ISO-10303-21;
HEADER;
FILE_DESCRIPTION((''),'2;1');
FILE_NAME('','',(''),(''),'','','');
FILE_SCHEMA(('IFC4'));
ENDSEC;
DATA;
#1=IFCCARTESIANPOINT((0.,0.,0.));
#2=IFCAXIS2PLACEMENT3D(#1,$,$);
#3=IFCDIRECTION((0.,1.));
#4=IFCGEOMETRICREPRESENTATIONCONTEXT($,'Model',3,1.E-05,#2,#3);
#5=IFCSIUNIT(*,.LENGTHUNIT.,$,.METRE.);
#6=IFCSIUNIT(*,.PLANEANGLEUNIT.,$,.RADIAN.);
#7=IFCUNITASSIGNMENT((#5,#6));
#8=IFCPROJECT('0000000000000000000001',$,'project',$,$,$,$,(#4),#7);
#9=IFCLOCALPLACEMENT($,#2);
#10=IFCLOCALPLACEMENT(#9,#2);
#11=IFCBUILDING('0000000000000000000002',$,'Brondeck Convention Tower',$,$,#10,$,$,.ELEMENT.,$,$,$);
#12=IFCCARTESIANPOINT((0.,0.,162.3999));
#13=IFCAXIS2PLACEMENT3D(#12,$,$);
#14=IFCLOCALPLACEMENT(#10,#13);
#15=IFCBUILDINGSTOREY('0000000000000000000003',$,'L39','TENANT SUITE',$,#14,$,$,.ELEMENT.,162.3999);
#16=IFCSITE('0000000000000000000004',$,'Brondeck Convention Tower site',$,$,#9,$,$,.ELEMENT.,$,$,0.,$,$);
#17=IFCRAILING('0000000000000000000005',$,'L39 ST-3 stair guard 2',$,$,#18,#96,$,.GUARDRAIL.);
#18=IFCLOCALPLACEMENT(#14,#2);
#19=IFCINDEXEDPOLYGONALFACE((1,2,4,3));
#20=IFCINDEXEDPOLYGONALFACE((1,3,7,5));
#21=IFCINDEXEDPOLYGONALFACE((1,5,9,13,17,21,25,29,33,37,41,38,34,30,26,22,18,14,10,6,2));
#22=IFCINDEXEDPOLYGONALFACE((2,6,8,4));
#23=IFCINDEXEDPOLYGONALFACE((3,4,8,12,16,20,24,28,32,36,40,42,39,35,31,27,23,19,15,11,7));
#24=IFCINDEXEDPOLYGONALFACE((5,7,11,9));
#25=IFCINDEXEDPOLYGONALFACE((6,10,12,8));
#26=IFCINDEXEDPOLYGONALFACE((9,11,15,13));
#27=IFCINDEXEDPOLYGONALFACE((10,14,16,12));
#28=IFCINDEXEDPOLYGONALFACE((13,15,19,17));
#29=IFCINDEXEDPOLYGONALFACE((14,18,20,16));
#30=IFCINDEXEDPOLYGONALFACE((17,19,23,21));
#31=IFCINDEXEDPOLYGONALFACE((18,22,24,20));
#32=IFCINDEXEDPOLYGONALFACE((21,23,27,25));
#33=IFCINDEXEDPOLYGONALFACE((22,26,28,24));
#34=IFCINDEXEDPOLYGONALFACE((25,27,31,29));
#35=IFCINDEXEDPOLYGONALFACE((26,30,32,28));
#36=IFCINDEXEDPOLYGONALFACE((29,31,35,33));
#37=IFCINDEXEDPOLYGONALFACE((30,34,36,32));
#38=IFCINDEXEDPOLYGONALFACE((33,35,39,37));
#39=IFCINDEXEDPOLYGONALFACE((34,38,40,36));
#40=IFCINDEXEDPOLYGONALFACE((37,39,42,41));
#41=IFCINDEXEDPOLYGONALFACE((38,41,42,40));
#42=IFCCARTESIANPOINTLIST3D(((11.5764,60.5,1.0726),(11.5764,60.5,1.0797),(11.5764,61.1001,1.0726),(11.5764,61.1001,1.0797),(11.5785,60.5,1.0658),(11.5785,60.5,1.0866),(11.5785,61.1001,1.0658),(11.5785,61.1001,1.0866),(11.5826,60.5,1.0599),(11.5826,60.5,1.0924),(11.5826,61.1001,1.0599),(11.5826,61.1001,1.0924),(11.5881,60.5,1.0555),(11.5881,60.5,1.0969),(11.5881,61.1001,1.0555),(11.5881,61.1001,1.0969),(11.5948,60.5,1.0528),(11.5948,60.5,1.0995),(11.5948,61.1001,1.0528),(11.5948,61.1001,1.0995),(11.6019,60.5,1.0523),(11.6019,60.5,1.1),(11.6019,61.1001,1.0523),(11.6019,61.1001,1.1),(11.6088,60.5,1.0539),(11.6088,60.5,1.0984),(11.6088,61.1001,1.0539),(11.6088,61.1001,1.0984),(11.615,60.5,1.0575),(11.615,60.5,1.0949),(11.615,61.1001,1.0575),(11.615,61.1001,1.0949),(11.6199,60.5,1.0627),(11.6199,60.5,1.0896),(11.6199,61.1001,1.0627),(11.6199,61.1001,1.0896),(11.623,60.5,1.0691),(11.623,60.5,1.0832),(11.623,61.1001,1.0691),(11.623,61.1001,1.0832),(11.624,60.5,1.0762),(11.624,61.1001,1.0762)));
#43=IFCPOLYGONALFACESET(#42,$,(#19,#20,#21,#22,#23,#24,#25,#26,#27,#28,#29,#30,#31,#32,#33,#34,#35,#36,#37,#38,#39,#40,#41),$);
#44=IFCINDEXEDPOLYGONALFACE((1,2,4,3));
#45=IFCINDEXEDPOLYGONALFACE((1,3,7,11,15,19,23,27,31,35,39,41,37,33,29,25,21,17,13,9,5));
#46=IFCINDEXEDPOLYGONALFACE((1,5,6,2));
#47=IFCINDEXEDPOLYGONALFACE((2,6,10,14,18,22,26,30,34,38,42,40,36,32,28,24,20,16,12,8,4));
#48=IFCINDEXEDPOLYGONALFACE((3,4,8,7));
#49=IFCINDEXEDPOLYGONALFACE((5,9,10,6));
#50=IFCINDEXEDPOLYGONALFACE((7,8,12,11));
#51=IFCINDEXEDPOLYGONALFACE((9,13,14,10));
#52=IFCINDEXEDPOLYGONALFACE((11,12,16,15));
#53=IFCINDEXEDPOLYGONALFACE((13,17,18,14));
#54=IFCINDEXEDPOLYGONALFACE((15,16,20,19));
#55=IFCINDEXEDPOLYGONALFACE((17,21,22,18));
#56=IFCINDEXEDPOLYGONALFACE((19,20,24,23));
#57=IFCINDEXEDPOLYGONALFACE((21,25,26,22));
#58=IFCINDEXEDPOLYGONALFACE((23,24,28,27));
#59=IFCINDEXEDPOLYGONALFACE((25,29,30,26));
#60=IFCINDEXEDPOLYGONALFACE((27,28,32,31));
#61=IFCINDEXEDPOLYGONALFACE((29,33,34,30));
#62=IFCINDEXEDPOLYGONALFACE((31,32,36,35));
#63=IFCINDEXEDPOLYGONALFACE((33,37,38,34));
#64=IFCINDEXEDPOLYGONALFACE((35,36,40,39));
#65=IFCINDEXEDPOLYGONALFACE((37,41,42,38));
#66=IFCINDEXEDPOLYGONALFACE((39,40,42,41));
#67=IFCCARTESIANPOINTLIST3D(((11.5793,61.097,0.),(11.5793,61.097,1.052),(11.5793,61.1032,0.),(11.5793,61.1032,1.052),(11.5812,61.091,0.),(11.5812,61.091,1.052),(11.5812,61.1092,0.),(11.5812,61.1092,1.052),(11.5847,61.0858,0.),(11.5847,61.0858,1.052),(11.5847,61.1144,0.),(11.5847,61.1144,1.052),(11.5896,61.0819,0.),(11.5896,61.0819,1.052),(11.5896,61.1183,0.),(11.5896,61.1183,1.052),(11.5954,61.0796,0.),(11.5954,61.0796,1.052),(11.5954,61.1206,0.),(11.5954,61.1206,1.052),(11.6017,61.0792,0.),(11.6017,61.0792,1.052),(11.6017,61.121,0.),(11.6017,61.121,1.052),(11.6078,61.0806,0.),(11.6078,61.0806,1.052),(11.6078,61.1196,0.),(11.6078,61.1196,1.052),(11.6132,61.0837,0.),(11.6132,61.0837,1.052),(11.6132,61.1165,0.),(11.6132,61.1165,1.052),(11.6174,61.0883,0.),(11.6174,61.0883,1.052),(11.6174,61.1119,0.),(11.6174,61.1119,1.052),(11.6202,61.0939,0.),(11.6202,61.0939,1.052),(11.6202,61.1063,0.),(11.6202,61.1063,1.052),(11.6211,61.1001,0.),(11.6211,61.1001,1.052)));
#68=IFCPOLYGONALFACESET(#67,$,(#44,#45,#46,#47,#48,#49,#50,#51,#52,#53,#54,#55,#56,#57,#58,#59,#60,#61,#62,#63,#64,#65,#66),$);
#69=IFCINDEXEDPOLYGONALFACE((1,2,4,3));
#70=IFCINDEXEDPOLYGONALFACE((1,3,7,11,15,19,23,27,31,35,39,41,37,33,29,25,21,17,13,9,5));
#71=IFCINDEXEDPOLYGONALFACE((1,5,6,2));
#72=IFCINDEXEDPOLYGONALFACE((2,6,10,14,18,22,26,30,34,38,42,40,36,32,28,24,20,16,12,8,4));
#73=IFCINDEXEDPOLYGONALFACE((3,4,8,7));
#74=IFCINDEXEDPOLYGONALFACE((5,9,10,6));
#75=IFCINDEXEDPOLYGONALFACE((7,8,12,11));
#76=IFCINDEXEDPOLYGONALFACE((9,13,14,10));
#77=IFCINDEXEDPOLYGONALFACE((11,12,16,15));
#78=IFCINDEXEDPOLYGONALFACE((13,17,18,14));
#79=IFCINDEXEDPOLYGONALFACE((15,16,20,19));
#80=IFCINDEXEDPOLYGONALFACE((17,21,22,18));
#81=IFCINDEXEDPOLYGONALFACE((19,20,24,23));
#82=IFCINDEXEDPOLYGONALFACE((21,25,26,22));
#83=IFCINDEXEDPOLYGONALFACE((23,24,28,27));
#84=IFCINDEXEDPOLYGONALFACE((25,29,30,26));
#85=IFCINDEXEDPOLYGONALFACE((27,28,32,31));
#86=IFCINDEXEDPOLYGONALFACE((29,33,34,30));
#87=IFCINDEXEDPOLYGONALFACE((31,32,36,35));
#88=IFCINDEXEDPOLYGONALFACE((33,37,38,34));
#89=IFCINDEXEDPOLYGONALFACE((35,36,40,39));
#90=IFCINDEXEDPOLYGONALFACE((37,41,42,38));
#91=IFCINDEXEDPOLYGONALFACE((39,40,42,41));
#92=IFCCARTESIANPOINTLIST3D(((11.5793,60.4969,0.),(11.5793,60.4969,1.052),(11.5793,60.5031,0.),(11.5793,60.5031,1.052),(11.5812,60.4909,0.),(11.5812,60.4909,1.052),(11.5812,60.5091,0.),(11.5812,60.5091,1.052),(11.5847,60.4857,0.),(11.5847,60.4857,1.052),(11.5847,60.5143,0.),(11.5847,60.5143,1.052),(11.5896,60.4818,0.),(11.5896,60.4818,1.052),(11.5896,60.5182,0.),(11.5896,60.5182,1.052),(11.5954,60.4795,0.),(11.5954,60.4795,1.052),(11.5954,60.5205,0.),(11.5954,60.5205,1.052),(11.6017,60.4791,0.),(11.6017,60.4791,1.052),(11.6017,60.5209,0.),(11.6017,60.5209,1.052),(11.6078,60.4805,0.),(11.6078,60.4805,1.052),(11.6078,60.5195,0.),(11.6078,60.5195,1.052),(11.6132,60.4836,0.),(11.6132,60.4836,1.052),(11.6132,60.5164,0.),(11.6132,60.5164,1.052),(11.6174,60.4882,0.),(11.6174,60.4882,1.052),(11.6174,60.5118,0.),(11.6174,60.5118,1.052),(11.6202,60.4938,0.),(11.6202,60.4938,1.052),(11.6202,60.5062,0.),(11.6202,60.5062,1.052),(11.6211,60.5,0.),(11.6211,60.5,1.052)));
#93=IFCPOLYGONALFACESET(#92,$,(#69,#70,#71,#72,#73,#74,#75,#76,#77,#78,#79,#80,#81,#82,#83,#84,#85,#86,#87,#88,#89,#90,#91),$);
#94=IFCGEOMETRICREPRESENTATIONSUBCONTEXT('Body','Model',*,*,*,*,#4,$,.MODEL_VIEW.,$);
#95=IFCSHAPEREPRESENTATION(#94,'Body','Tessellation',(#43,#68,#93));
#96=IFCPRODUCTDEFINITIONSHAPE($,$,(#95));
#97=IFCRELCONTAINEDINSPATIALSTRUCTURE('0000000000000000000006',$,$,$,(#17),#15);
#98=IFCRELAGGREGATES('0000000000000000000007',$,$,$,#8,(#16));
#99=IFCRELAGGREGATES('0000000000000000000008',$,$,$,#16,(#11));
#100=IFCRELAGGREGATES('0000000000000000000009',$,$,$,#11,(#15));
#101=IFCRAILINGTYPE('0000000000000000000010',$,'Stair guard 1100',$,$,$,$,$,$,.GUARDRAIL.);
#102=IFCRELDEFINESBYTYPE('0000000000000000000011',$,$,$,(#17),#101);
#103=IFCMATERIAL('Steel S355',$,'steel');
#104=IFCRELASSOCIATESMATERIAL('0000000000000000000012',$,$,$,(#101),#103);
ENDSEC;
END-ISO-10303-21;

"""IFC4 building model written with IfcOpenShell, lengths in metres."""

from ifc_helpers import new_model, si_unit, direction, frame, origin, origin_2d, place, context, subcontext, project, spatial, circle, extrude, material, type_object, element, save


model = new_model("IFC4")

# Units and contexts
model_context = context("Model", 3, precision=1e-05, world=origin(), true_north=direction((0.0, 1.0)))
body_context = subcontext(model_context, "Body", "Model", "MODEL_VIEW")
ifc_project = project(units=[si_unit("LENGTHUNIT", "METRE"), si_unit("PLANEANGLEUNIT", "RADIAN")], contexts=[model_context])

# Site, building, storey
site_placement = place(None, origin())
site = spatial("IfcSite", under=ifc_project, at=site_placement, Name="Brondeck Convention Tower site", CompositionType="ELEMENT", RefElevation=0.0)
building_placement = place(site_placement, origin())
building = spatial("IfcBuilding", under=site, at=building_placement, Name="Brondeck Convention Tower", CompositionType="ELEMENT")
storey_placement = place(building_placement, frame((0.0, 0.0, 162.3999)))
storey = spatial("IfcBuildingStorey", under=building, at=storey_placement, Name="L39", Description="TENANT SUITE", CompositionType="ELEMENT", Elevation=162.3999)

# Railing
ifc_material_1 = material(Name="Steel S355", Category="steel")
railing_type_1 = type_object("IfcRailingType", Name="Stair guard 1100", PredefinedType="GUARDRAIL", material=ifc_material_1)
railing_1_placement = place(storey_placement, frame((11.6001, 61.1001, 0.0)))
element("IfcRailing", 1, at=railing_1_placement, inside=storey, type_object=railing_type_1, Name="L39 ST-3 stair guard 2", PredefinedType="GUARDRAIL", context=body_context, shape_type="SweptSolid", body=[
    extrude(circle(Radius=0.0239, at=origin_2d()), frame((0.0, 0.0, 1.0762), z_axis=(0.0, -1.0, 0.0), x_axis=(1.0, 0.0, 0.0)), (0.0, 0.0, 1.0), 0.6001),
    extrude(circle(Radius=0.021, at=origin_2d()), origin(), (0.0, 0.0, 1.0), 1.052),
    extrude(circle(Radius=0.021, at=origin_2d()), frame((0.0, -0.6001, 0.0)), (0.0, 0.0, 1.0), 1.052),
])

save(model, "model.ifc")
